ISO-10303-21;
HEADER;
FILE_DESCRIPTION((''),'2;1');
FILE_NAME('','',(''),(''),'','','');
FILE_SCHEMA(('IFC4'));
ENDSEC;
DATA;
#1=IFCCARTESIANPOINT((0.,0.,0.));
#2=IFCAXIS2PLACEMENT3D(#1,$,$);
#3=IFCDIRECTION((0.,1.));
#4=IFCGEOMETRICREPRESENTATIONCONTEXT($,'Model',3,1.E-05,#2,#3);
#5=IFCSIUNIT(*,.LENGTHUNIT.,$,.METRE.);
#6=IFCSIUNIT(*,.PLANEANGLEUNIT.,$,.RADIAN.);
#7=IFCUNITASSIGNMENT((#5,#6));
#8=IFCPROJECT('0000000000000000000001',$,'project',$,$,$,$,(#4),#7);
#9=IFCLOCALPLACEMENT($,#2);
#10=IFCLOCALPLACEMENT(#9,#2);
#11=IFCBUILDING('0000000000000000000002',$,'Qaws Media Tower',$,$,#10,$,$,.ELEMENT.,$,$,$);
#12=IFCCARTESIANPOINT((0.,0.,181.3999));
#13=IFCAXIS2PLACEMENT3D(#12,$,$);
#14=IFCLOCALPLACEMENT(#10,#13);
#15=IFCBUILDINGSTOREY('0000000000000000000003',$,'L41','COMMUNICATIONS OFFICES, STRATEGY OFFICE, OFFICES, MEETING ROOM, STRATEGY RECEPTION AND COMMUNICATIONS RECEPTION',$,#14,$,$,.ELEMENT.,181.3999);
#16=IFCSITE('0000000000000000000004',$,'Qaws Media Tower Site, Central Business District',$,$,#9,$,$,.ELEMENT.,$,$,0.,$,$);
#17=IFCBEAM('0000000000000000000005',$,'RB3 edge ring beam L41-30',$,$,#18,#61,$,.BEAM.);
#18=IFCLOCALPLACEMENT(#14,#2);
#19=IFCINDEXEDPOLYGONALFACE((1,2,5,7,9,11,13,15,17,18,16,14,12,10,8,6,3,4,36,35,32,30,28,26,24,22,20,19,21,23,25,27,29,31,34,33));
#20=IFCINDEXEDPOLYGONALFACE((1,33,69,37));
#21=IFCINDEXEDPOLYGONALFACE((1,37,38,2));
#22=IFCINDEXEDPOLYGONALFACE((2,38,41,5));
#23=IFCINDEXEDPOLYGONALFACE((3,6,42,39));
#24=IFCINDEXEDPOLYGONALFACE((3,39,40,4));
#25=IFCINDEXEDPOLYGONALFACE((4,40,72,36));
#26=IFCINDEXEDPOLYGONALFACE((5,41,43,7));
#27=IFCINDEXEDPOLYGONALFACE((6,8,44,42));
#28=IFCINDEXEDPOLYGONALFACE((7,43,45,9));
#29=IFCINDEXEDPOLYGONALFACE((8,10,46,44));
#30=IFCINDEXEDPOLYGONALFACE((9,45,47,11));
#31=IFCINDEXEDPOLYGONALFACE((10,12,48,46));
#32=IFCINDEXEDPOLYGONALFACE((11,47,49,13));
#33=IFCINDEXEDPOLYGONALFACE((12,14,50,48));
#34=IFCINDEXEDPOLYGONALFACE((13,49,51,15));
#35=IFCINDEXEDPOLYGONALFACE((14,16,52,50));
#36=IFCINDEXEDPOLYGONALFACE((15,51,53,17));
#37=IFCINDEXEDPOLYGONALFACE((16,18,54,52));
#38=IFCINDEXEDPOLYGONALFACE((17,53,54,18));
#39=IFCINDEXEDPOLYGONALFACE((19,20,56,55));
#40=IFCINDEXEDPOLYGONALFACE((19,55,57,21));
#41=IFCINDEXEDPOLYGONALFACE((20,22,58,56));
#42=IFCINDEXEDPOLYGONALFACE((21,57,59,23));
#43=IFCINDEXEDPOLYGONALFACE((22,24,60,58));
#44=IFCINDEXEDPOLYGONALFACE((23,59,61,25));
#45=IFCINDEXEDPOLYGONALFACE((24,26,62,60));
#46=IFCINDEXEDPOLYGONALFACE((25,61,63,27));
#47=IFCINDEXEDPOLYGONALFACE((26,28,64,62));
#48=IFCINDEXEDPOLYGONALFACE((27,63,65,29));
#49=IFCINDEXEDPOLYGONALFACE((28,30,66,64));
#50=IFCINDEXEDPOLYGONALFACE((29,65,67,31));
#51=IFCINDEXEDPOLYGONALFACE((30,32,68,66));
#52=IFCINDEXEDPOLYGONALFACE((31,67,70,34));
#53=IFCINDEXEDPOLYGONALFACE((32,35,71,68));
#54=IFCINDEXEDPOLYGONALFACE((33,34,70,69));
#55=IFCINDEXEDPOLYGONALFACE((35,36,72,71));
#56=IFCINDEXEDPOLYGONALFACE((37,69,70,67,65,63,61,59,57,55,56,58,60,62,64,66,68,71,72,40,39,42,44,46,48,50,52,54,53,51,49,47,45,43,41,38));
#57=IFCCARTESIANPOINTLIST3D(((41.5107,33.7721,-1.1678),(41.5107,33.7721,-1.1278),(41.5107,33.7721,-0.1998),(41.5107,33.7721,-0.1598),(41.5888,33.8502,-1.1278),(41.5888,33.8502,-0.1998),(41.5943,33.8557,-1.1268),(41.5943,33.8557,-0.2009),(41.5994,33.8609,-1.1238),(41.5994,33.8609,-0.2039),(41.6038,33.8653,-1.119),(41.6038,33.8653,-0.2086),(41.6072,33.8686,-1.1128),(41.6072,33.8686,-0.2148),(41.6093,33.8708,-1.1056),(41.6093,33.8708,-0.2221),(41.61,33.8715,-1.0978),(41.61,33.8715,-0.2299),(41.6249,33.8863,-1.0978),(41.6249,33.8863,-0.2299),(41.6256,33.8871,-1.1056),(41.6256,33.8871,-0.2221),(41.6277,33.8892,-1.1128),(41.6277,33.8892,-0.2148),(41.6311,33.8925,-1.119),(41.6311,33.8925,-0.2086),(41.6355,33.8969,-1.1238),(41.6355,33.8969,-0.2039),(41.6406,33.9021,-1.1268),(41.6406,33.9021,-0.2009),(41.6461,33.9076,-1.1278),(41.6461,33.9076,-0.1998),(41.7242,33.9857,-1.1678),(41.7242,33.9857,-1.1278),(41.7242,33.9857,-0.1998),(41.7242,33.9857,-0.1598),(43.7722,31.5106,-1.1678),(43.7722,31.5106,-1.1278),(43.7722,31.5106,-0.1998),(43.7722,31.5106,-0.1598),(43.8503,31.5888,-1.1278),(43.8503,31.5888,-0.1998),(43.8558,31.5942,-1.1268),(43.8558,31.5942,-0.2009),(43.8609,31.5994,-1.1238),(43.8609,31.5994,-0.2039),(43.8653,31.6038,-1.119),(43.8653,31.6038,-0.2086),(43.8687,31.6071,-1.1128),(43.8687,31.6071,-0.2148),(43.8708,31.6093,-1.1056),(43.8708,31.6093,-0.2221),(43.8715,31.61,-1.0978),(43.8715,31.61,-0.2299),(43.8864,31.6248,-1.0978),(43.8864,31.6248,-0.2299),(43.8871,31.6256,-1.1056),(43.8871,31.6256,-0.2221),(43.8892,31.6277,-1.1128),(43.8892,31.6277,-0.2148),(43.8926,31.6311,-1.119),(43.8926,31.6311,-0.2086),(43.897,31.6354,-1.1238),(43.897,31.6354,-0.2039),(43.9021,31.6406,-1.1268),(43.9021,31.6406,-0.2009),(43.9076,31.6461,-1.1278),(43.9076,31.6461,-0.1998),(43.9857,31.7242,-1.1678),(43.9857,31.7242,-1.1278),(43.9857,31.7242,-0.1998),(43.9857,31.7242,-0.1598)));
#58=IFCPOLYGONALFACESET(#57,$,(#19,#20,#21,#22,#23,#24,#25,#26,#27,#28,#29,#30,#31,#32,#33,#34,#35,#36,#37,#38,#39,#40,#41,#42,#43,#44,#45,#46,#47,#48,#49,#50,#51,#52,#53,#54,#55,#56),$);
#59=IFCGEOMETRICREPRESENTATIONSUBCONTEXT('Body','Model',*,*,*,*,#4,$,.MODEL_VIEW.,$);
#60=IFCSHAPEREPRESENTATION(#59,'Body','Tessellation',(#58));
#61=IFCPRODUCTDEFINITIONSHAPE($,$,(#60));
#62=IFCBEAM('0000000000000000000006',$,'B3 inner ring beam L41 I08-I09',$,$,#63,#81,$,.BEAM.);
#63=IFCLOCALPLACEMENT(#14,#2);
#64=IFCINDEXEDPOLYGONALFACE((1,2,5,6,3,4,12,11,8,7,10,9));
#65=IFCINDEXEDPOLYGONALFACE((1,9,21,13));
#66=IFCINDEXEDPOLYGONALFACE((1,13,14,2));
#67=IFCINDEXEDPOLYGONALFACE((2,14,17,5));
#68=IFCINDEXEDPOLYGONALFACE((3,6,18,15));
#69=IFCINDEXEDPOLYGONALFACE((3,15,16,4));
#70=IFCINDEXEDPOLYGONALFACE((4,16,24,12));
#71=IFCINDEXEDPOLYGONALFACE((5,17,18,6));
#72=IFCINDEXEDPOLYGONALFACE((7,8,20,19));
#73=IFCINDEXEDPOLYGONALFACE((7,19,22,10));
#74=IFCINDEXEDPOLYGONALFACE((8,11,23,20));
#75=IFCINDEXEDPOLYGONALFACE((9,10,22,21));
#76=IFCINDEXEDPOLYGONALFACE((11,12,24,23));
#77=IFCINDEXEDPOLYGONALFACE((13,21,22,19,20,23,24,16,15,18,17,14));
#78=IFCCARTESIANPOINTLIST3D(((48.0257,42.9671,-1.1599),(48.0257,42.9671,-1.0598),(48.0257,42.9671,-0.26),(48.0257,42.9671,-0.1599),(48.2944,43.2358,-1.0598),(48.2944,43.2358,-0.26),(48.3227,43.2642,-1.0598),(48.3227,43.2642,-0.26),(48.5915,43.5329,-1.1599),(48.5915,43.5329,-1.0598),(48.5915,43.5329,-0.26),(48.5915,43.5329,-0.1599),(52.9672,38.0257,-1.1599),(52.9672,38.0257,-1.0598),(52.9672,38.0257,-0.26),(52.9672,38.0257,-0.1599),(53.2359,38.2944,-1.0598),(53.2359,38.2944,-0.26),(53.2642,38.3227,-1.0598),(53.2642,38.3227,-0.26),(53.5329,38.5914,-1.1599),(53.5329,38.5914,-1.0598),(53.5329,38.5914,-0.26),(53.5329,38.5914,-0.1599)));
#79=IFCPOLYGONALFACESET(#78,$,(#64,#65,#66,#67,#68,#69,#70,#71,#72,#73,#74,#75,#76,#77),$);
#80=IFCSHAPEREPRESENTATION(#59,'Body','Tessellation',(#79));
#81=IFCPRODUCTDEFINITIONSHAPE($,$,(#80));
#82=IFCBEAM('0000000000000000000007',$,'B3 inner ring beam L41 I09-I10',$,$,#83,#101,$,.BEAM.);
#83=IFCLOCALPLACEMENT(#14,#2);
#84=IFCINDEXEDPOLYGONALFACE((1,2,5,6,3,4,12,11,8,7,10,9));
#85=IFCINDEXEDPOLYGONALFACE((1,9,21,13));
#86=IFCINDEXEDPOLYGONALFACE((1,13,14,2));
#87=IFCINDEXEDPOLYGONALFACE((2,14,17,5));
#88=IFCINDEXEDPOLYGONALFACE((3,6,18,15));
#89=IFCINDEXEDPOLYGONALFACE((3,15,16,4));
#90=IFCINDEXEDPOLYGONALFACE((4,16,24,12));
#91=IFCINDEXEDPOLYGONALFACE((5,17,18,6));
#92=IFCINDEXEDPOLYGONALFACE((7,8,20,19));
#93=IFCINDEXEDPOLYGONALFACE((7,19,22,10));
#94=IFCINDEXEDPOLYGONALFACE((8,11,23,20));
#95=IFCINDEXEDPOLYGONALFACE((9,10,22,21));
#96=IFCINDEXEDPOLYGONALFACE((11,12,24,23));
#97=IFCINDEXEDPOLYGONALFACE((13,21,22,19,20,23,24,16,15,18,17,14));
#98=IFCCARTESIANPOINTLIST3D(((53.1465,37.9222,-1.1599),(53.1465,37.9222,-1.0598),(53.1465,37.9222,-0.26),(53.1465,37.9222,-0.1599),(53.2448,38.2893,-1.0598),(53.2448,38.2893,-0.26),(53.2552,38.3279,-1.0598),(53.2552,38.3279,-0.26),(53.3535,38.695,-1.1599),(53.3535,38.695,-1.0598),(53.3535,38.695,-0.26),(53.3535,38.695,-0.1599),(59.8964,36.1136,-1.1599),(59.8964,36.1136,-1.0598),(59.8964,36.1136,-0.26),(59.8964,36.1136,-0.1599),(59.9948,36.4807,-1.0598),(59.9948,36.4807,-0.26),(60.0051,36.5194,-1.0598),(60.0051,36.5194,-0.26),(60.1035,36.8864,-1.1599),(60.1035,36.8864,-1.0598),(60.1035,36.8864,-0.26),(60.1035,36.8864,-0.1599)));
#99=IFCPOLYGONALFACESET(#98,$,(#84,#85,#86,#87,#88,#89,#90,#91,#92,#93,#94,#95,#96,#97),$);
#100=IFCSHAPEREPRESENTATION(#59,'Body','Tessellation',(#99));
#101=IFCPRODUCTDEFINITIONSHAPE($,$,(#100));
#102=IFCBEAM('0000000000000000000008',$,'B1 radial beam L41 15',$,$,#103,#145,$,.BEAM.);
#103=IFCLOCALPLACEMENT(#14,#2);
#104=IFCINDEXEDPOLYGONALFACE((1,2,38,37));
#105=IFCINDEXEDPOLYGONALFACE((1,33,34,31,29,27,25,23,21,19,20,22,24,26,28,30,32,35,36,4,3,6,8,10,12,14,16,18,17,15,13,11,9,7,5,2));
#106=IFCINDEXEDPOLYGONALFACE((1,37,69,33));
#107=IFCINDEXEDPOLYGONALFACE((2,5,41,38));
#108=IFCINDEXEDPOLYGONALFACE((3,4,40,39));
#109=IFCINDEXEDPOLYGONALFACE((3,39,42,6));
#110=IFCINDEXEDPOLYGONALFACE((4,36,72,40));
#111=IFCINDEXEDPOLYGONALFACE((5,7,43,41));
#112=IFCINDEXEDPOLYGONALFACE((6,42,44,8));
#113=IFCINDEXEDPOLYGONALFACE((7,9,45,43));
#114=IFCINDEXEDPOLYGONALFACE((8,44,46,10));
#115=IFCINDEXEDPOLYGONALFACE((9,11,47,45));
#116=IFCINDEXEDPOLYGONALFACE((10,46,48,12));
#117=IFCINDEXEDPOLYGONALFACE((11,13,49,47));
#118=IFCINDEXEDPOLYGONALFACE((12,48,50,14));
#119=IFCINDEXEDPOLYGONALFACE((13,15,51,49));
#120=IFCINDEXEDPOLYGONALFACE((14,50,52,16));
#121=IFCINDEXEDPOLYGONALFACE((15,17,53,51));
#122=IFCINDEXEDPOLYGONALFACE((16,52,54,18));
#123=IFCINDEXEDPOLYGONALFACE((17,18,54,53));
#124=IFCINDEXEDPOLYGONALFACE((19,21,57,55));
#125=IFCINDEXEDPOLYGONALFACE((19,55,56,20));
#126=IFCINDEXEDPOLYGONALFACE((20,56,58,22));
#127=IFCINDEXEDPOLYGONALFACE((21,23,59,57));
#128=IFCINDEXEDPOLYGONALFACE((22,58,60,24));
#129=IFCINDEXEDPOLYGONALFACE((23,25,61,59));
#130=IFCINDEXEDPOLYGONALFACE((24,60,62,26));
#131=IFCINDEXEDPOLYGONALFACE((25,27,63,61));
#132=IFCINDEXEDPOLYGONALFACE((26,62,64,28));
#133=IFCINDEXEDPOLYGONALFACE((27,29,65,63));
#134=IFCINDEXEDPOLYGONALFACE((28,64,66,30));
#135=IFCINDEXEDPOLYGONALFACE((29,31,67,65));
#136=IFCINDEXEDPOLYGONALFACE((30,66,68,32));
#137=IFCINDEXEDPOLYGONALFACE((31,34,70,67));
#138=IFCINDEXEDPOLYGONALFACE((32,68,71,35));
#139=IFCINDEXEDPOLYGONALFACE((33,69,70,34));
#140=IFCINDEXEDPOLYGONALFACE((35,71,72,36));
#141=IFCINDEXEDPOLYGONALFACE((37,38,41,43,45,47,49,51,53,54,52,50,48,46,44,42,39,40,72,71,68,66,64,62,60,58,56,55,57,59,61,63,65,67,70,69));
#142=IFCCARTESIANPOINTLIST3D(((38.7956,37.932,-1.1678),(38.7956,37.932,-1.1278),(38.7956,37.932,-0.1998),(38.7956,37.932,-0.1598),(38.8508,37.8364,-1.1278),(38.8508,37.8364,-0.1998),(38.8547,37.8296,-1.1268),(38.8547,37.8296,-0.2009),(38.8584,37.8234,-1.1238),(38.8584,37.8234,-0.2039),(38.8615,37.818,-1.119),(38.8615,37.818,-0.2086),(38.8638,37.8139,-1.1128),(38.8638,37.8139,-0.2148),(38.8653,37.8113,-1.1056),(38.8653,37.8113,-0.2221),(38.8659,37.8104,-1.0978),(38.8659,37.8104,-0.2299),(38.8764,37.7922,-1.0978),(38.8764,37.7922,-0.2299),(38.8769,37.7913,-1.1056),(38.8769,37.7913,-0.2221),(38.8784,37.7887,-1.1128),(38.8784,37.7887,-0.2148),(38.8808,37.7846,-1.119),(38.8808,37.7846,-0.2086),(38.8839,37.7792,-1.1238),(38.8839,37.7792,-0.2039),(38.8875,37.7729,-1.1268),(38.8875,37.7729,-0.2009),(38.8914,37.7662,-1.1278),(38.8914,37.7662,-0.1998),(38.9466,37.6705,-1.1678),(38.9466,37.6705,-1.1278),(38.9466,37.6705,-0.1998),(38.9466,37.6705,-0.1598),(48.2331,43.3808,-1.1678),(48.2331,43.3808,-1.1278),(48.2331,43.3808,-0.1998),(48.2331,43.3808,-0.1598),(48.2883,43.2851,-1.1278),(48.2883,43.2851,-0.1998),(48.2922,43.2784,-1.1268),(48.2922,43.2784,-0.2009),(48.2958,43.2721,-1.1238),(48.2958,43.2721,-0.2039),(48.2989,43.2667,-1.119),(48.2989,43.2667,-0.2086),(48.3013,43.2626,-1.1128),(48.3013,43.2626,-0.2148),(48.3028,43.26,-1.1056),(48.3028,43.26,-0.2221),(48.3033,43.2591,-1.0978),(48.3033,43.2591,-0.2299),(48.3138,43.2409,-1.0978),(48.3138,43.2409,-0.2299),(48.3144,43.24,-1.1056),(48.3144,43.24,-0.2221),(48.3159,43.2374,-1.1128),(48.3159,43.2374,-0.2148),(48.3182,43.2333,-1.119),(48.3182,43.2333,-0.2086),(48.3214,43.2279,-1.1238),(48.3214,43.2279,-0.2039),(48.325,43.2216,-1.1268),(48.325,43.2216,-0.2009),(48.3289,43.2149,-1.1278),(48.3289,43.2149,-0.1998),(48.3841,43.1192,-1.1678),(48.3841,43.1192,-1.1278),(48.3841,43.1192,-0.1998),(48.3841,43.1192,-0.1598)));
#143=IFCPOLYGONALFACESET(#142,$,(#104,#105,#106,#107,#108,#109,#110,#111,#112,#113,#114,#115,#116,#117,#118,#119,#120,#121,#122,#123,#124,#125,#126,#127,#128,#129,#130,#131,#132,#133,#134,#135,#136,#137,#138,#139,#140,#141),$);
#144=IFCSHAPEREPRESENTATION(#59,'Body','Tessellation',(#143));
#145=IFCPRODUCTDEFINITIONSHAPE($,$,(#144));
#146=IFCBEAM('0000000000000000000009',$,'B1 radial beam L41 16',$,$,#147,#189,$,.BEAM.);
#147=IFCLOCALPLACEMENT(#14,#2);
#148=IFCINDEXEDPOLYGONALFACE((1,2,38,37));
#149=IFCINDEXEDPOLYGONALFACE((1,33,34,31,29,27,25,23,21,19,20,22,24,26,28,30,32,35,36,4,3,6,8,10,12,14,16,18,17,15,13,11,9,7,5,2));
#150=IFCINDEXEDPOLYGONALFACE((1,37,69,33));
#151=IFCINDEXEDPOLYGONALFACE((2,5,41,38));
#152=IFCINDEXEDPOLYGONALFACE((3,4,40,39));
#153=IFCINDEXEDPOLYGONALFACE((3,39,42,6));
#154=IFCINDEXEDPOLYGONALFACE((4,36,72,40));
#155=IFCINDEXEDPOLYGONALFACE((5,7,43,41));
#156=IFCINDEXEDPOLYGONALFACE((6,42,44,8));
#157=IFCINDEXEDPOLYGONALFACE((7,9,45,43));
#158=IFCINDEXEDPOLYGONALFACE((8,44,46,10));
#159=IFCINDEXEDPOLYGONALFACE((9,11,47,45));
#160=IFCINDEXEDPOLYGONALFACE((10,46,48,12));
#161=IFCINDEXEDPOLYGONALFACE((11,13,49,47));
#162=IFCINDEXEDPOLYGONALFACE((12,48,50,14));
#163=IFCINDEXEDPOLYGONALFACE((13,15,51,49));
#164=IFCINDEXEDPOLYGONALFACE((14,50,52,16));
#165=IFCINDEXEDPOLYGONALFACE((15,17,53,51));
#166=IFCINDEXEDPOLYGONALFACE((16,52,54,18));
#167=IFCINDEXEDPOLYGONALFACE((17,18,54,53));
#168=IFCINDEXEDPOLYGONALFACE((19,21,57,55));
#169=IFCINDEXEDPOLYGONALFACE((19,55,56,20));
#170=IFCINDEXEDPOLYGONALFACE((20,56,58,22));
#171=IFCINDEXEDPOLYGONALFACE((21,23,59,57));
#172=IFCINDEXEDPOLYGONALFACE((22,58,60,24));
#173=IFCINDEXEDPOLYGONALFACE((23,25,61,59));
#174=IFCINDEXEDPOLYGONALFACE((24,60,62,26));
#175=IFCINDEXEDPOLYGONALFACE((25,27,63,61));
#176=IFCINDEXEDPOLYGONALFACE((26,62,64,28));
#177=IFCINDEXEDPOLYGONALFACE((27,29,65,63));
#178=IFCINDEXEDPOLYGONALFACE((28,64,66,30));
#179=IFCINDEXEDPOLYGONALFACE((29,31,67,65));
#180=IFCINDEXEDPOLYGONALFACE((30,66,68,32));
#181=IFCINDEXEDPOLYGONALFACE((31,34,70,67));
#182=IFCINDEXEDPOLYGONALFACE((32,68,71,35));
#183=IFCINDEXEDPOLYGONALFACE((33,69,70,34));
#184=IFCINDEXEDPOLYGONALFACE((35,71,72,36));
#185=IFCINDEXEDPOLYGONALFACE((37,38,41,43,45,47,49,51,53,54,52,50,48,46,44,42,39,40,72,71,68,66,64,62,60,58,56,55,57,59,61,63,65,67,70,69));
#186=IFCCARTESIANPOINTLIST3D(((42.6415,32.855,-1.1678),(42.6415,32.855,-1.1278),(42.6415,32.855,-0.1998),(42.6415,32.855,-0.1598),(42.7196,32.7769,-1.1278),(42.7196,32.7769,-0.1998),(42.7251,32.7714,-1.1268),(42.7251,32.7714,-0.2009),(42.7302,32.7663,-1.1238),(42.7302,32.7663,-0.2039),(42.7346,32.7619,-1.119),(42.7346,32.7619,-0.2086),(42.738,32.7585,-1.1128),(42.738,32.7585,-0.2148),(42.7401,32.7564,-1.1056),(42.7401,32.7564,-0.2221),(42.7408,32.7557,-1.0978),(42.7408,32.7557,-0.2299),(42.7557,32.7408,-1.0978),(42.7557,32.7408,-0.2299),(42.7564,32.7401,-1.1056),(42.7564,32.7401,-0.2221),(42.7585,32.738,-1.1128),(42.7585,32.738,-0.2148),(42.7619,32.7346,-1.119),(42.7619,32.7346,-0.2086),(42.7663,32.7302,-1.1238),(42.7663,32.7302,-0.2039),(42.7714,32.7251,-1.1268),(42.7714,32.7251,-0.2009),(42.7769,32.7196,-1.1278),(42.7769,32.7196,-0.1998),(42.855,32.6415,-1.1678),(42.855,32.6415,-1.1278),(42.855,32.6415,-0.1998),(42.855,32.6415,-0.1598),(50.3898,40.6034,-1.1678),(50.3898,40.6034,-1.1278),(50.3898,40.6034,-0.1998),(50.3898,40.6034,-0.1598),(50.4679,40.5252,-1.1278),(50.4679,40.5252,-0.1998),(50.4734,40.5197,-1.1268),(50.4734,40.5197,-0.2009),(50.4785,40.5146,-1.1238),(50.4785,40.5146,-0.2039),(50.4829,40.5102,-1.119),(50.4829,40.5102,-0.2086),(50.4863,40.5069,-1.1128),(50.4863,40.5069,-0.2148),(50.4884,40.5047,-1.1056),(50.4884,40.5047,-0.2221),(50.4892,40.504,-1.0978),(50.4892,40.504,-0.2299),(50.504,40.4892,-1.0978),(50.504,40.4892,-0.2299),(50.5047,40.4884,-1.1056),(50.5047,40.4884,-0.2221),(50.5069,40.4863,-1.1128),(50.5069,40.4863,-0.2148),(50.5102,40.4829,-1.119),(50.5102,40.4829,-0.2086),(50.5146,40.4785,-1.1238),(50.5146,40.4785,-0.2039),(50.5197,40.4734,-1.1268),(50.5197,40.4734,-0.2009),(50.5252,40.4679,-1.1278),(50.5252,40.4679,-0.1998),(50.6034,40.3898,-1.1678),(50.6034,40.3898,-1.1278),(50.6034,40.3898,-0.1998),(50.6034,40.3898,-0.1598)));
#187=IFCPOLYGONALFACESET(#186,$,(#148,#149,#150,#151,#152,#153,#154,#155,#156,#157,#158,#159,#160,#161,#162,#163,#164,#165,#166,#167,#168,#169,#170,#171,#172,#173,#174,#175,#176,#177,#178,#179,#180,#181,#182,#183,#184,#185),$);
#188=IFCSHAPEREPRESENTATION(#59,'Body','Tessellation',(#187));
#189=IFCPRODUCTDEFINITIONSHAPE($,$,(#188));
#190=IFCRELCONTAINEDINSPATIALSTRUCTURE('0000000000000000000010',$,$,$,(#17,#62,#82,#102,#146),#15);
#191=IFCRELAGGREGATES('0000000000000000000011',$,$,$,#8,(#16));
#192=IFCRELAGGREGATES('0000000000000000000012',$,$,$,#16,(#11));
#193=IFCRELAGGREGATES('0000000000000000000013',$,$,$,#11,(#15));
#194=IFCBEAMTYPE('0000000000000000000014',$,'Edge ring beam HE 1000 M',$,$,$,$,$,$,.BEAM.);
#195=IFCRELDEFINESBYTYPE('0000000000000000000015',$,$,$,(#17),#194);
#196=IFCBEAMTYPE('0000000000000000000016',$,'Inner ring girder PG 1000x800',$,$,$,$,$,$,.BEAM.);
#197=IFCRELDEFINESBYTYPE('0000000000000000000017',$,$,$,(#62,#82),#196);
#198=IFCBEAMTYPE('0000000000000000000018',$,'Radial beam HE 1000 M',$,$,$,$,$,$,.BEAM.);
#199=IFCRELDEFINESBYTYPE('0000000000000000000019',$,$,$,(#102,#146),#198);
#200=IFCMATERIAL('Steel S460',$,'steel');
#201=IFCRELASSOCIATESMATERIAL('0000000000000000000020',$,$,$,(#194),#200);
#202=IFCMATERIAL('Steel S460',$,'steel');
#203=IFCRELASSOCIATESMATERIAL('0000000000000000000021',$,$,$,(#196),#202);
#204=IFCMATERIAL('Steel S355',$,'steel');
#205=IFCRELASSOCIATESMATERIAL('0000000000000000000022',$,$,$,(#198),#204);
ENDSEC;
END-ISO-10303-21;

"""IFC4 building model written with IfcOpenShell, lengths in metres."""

from ifc_helpers import new_model, si_unit, direction, frame, origin, origin_2d, place, context, subcontext, project, spatial, i_section, extrude, material, material_profile, profile_set, type_object, element, save


model = new_model("IFC4")

# Units and contexts
model_context = context("Model", 3, precision=1e-05, world=origin(), true_north=direction((0.0, 1.0)))
body_context = subcontext(model_context, "Body", "Model", "MODEL_VIEW")
ifc_project = project(units=[si_unit("LENGTHUNIT", "METRE"), si_unit("PLANEANGLEUNIT", "RADIAN")], contexts=[model_context])

# Site, building, storey
site_placement = place(None, origin())
site = spatial("IfcSite", under=ifc_project, at=site_placement, Name="Qaws Media Tower Site, Central Business District", CompositionType="ELEMENT", RefElevation=0.0)
building_placement = place(site_placement, origin())
building = spatial("IfcBuilding", under=site, at=building_placement, Name="Qaws Media Tower", CompositionType="ELEMENT")
storey_placement = place(building_placement, frame((0.0, 0.0, 181.3999)))
storey = spatial("IfcBuildingStorey", under=building, at=storey_placement, Name="L41", Description="COMMUNICATIONS OFFICES, STRATEGY OFFICE, OFFICES, MEETING ROOM, STRATEGY RECEPTION AND COMMUNICATIONS RECEPTION", CompositionType="ELEMENT", Elevation=181.3999)

# Beams
ifc_material_1 = material(Name="Steel S460", Category="steel")
ifc_material_profile_1 = material_profile(ifc_material_1, i_section(OverallWidth=0.302, OverallDepth=1.0081, WebThickness=0.021, FlangeThickness=0.04, FilletRadius=0.03, at=origin_2d()), Name="HE 1000 M")
ifc_profile_set_1 = profile_set([ifc_material_profile_1], Name="Steel S460")
beam_type_1 = type_object("IfcBeamType", Name="Edge ring beam HE 1000 M", PredefinedType="BEAM", material=ifc_profile_set_1)
beam_1_placement = place(storey_placement, frame((41.6174, 33.8789, -0.6638), z_axis=(0.707107, -0.707107, 0.0), x_axis=(0.707107, 0.707107, 0.0)))
element("IfcBeam", 1, at=beam_1_placement, inside=storey, type_object=beam_type_1, Name="RB3 edge ring beam L41-30", PredefinedType="BEAM", context=body_context, shape_type="SweptSolid", body=[
    extrude(i_section(OverallWidth=0.302, OverallDepth=1.0081, WebThickness=0.021, FlangeThickness=0.04, FilletRadius=0.03, at=origin_2d()), origin(), (0.0, 0.0, 1.0), 3.1982),
])
ifc_material_2 = material(Name="Steel S460", Category="steel")
ifc_material_profile_2 = material_profile(ifc_material_2, i_section(OverallWidth=0.8, OverallDepth=1.0, WebThickness=0.04, FlangeThickness=0.1001, at=origin_2d()), Name="PG 1000x800")
ifc_profile_set_2 = profile_set([ifc_material_profile_2], Name="Steel S460")
beam_type_2 = type_object("IfcBeamType", Name="Inner ring girder PG 1000x800", PredefinedType="BEAM", material=ifc_profile_set_2)
beam_2_placement = place(storey_placement, frame((48.3086, 43.25, -0.6599), z_axis=(0.707107, -0.707107, 0.0), x_axis=(0.707107, 0.707107, 0.0)))
element("IfcBeam", 2, at=beam_2_placement, inside=storey, type_object=beam_type_2, Name="B3 inner ring beam L41 I08-I09", PredefinedType="BEAM", context=body_context, shape_type="SweptSolid", body=[
    extrude(i_section(OverallWidth=0.8, OverallDepth=1.0, WebThickness=0.04, FlangeThickness=0.1001, at=origin_2d()), origin(), (0.0, 0.0, 1.0), 6.9883),
])
beam_3_placement = place(storey_placement, frame((53.25, 38.3086, -0.6599), z_axis=(0.965928, -0.258811, 0.0), x_axis=(0.258811, 0.965928, 0.0)))
element("IfcBeam", 3, at=beam_3_placement, inside=storey, type_object=beam_type_2, Name="B3 inner ring beam L41 I09-I10", PredefinedType="BEAM", context=body_context, shape_type="SweptSolid", body=[
    extrude(i_section(OverallWidth=0.8, OverallDepth=1.0, WebThickness=0.04, FlangeThickness=0.1001, at=origin_2d()), origin(), (0.0, 0.0, 1.0), 6.988),
])
ifc_material_3 = material(Name="Steel S355", Category="steel")
ifc_material_profile_3 = material_profile(ifc_material_3, i_section(OverallWidth=0.302, OverallDepth=1.0081, WebThickness=0.021, FlangeThickness=0.04, FilletRadius=0.03, at=origin_2d()), Name="HE 1000 M")
ifc_profile_set_3 = profile_set([ifc_material_profile_3], Name="Steel S355")
beam_type_3 = type_object("IfcBeamType", Name="Radial beam HE 1000 M", PredefinedType="BEAM", material=ifc_profile_set_3)
beam_4_placement = place(storey_placement, frame((48.3086, 43.25, -0.6638), z_axis=(-0.866026, -0.499999, 0.0), x_axis=(0.499999, -0.866026, 0.0)))
element("IfcBeam", 4, at=beam_4_placement, inside=storey, type_object=beam_type_3, Name="B1 radial beam L41 15", PredefinedType="BEAM", context=body_context, shape_type="SweptSolid", body=[
    extrude(i_section(OverallWidth=0.302, OverallDepth=1.0081, WebThickness=0.021, FlangeThickness=0.04, FilletRadius=0.03, at=origin_2d()), origin(), (0.0, 0.0, 1.0), 10.8975),
])
beam_5_placement = place(storey_placement, frame((50.4966, 40.4966, -0.6638), z_axis=(-0.707107, -0.707107, 0.0), x_axis=(0.707107, -0.707107, 0.0)))
element("IfcBeam", 5, at=beam_5_placement, inside=storey, type_object=beam_type_3, Name="B1 radial beam L41 16", PredefinedType="BEAM", context=body_context, shape_type="SweptSolid", body=[
    extrude(i_section(OverallWidth=0.302, OverallDepth=1.0081, WebThickness=0.021, FlangeThickness=0.04, FilletRadius=0.03, at=origin_2d()), origin(), (0.0, 0.0, 1.0), 10.9578),
])

save(model, "model.ifc")
